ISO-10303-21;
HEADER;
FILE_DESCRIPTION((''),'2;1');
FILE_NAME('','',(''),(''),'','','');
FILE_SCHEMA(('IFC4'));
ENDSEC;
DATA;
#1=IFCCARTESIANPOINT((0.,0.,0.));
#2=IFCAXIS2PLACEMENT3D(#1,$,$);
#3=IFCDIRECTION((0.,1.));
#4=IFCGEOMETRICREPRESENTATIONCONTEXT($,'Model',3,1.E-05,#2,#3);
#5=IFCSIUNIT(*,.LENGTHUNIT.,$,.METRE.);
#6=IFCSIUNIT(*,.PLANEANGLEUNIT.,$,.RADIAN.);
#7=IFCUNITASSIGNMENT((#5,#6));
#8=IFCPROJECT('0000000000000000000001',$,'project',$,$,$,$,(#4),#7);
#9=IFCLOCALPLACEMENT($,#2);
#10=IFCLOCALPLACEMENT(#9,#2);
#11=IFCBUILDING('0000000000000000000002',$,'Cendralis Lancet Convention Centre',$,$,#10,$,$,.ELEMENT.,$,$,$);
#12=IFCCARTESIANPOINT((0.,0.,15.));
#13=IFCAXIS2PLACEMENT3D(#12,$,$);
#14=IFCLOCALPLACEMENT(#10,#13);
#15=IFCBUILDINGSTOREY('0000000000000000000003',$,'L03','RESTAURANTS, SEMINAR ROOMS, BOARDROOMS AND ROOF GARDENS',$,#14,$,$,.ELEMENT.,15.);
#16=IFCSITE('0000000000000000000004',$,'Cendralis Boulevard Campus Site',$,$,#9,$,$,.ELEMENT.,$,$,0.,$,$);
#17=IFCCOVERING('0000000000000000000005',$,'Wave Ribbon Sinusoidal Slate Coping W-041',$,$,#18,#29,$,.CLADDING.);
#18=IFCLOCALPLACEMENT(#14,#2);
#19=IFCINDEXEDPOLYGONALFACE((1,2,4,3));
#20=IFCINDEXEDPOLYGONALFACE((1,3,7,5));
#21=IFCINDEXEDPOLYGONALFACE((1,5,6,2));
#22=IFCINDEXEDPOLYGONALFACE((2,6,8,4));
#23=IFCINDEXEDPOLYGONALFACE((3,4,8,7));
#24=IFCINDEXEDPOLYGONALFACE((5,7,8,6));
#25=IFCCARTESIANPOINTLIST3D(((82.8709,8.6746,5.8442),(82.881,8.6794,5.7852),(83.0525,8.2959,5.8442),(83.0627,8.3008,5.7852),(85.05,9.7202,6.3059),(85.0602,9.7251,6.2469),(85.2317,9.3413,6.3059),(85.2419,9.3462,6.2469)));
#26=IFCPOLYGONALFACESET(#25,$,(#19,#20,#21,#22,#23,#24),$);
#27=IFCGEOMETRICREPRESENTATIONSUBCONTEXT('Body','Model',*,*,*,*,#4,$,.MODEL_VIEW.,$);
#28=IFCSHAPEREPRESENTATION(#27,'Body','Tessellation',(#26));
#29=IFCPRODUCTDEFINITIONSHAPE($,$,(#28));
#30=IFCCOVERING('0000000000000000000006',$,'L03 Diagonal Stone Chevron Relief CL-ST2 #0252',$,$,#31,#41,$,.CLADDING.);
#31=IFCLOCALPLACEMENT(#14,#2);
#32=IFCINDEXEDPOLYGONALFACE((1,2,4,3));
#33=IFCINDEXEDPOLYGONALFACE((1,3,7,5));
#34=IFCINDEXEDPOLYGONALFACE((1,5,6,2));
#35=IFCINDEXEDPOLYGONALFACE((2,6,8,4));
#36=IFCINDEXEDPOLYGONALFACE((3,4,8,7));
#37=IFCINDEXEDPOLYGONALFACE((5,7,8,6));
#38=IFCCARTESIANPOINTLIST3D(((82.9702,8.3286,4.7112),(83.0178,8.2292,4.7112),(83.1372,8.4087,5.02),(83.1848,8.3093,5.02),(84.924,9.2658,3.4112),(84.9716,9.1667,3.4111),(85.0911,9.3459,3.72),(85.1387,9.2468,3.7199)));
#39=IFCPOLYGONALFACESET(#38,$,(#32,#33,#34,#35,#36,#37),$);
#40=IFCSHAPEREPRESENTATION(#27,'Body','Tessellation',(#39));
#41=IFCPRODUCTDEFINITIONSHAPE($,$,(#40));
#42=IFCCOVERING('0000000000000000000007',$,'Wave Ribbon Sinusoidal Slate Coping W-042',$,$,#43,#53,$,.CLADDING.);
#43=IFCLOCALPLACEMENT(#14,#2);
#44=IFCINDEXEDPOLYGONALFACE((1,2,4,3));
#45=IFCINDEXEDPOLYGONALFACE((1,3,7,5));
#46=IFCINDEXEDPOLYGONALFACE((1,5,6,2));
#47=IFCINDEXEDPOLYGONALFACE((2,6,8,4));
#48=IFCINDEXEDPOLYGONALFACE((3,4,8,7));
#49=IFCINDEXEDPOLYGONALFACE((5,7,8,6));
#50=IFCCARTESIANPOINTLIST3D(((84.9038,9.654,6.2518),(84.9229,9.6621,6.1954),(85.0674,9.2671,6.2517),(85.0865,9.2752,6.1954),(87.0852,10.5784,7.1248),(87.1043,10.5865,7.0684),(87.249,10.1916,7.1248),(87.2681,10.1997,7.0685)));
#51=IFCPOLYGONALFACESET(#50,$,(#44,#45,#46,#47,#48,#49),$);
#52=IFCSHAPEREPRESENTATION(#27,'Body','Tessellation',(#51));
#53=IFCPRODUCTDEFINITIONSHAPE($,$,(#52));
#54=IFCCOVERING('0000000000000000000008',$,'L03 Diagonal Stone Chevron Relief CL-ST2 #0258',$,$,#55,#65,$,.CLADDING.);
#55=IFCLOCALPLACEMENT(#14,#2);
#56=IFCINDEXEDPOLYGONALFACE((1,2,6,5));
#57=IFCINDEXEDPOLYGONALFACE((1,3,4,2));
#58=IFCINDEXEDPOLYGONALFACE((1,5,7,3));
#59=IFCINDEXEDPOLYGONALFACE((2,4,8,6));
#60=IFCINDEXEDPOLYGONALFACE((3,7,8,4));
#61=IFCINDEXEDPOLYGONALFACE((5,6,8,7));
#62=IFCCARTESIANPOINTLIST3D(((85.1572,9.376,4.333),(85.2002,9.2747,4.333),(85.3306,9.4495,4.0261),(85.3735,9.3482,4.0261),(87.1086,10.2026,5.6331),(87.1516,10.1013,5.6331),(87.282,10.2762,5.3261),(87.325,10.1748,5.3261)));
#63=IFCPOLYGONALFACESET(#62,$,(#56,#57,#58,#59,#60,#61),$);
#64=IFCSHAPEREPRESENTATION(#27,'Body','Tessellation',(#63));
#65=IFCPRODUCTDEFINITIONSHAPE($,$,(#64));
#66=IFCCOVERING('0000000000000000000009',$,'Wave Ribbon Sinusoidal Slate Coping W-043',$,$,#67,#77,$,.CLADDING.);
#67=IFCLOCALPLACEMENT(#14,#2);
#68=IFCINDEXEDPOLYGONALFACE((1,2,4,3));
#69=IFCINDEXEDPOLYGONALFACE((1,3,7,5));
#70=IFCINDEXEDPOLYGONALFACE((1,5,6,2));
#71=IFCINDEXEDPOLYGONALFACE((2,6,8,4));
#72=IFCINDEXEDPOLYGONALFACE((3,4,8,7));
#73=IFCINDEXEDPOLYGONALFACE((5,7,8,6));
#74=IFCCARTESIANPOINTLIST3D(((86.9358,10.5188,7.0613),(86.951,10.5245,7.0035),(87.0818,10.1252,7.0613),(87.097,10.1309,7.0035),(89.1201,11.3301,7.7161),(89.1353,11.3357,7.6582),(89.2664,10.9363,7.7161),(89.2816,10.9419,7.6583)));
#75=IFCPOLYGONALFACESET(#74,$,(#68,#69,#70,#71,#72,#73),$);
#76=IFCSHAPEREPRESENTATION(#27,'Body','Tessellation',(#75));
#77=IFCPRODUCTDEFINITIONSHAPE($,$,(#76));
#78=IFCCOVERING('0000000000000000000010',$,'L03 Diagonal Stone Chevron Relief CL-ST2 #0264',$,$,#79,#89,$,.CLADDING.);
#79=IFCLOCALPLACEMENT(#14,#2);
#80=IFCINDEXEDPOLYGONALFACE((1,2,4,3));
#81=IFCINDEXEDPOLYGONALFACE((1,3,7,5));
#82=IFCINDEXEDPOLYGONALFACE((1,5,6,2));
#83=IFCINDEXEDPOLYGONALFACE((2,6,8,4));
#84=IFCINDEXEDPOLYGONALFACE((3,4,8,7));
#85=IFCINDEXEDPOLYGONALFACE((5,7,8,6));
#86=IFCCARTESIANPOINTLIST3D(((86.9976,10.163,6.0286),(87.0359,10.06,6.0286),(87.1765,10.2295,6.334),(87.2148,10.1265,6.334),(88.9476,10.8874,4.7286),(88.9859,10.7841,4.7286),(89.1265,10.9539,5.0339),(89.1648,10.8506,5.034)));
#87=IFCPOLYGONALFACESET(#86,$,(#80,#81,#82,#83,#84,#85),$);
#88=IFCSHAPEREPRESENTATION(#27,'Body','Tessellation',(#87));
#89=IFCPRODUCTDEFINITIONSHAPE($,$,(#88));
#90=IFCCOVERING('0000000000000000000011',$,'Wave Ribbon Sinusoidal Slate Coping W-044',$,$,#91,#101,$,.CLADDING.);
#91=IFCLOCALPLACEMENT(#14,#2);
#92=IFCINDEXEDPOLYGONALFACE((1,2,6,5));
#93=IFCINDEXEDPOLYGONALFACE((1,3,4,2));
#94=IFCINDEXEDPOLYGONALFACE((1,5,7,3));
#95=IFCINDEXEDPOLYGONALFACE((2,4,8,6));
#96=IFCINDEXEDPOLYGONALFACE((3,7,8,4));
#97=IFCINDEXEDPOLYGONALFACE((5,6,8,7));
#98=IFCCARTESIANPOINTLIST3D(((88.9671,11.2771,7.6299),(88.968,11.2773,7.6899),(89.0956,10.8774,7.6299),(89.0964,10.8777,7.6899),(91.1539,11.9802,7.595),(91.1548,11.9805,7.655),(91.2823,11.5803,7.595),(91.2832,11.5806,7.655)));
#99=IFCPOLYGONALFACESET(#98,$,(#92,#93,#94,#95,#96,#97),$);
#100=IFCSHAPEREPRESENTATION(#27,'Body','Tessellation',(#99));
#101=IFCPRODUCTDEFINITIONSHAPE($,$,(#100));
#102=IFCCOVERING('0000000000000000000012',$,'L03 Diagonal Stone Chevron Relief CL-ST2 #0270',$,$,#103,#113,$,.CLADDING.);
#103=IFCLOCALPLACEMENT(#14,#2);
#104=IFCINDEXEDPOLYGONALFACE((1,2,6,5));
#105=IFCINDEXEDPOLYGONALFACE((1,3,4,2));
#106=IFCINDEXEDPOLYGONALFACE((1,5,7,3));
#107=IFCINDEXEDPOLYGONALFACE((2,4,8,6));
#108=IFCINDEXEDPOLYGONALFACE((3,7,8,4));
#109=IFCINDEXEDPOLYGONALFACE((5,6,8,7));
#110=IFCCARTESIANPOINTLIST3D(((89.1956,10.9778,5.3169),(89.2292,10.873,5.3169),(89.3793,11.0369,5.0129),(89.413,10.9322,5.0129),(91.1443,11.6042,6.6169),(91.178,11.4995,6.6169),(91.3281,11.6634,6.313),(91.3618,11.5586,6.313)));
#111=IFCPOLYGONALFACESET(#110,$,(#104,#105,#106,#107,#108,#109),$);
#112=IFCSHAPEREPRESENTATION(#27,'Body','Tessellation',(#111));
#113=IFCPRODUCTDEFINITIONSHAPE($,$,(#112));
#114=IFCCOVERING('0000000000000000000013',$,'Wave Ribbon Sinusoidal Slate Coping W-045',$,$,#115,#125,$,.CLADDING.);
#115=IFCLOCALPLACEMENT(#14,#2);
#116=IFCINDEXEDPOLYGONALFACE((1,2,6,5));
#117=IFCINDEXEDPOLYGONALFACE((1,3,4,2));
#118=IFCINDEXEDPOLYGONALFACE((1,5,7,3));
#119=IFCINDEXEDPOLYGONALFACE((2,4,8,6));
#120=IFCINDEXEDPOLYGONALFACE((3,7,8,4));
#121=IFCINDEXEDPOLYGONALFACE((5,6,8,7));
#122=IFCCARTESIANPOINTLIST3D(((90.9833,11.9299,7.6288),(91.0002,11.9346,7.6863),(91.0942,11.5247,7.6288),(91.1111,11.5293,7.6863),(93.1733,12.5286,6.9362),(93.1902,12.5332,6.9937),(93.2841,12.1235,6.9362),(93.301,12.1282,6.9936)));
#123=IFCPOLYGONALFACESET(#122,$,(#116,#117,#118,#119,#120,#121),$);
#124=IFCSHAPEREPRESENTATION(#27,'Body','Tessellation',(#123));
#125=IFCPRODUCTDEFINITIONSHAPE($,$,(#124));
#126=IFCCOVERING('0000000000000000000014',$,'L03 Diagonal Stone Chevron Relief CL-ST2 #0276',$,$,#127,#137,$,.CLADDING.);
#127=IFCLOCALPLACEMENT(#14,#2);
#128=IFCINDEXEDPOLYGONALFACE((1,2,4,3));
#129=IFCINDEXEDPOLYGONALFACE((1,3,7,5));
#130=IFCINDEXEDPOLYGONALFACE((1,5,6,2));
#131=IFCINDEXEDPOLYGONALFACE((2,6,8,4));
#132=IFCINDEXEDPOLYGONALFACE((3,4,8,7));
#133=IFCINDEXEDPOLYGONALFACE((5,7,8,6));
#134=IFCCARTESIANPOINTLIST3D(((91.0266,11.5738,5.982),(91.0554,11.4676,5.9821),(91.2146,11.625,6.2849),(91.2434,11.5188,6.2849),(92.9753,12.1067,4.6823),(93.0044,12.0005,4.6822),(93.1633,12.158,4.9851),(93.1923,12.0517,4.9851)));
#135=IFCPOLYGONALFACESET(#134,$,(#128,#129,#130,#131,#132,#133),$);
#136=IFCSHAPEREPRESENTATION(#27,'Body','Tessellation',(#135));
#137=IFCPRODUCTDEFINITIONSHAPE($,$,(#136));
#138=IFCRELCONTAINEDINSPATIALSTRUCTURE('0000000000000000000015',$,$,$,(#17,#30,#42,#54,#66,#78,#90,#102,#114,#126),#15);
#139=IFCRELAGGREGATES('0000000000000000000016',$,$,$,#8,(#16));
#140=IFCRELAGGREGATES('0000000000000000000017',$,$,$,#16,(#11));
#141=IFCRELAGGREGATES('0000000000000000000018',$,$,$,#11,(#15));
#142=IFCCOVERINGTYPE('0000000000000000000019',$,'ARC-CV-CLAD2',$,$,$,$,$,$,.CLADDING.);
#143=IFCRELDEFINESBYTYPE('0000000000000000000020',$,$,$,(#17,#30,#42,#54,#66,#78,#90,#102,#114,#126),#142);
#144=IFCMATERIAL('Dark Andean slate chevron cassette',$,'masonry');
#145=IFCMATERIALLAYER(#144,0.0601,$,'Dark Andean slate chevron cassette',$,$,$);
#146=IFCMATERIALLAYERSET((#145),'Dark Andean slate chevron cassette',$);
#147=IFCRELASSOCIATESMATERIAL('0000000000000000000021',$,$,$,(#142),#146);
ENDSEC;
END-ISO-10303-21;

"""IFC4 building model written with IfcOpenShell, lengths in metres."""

from ifc_helpers import new_model, si_unit, direction, frame, origin, place, context, subcontext, project, spatial, polyline, outline, extrude, material, layer, layer_set, type_object, element, save


model = new_model("IFC4")

# Units and contexts
model_context = context("Model", 3, precision=1e-05, world=origin(), true_north=direction((0.0, 1.0)))
body_context = subcontext(model_context, "Body", "Model", "MODEL_VIEW")
ifc_project = project(units=[si_unit("LENGTHUNIT", "METRE"), si_unit("PLANEANGLEUNIT", "RADIAN")], contexts=[model_context])

# Site, building, storey
site_placement = place(None, origin())
site = spatial("IfcSite", under=ifc_project, at=site_placement, Name="Cendralis Boulevard Campus Site", CompositionType="ELEMENT", RefElevation=0.0)
building_placement = place(site_placement, origin())
building = spatial("IfcBuilding", under=site, at=building_placement, Name="Cendralis Lancet Convention Centre", CompositionType="ELEMENT")
storey_placement = place(building_placement, frame((0.0, 0.0, 15.0)))
storey = spatial("IfcBuildingStorey", under=building, at=storey_placement, Name="L03", Description="RESTAURANTS, SEMINAR ROOMS, BOARDROOMS AND ROOF GARDENS", CompositionType="ELEMENT", Elevation=15.0)

# Shared definitions
ifc_material_1 = material(Name="Dark Andean slate chevron cassette", Category="masonry")

# Coverings
ifc_layer_1 = layer(ifc_material_1, 0.0601, Name="Dark Andean slate chevron cassette")
ifc_layer_set_1 = layer_set([ifc_layer_1], Name="Dark Andean slate chevron cassette")
covering_type_1 = type_object("IfcCoveringType", Name="ARC-CV-CLAD2", PredefinedType="CLADDING", material=ifc_layer_set_1)
covering_1_placement = place(storey_placement, frame((83.0525, 8.2959, 5.8442), z_axis=(-0.16917, -0.081123, 0.982243), x_axis=(0.88561, 0.424847, 0.187615)))
element("IfcCovering", 1, at=covering_1_placement, inside=storey, type_object=covering_type_1, Name="Wave Ribbon Sinusoidal Slate Coping W-041", PredefinedType="CLADDING", context=body_context, shape_type="SweptSolid", body=[
    extrude(outline(polyline([(0.0, 0.0), (2.4607, 0.0), (2.4608, 0.4202), (0.0, 0.42), (0.0, 0.0)])), origin(), (0.0, 0.0, -1.0), 0.0601),
])
covering_2_placement = place(storey_placement, frame((83.1848, 8.3093, 5.02), z_axis=(0.463831, 0.222502, 0.857528), x_axis=(0.773135, 0.370966, -0.514438)))
element("IfcCovering", 2, at=covering_2_placement, inside=storey, type_object=covering_type_1, Name="L03 Diagonal Stone Chevron Relief CL-ST2 #0252", PredefinedType="CLADDING", context=body_context, shape_type="SweptSolid", body=[
    extrude(outline(polyline([(0.0, 0.0), (2.5272, 0.0), (2.5271, 0.11), (0.0001, 0.1102), (0.0, 0.0)])), origin(), (0.0, 0.0, -1.0), 0.3601),
])
covering_3_placement = place(storey_placement, frame((85.0674, 9.2671, 6.2517), z_axis=(-0.31842, -0.134743, 0.938325), x_axis=(0.863944, 0.366132, 0.345756)))
element("IfcCovering", 3, at=covering_3_placement, inside=storey, type_object=covering_type_1, Name="Wave Ribbon Sinusoidal Slate Coping W-042", PredefinedType="CLADDING", context=body_context, shape_type="SweptSolid", body=[
    extrude(outline(polyline([(0.0, 0.0), (2.5252, 0.0), (2.5252, 0.42), (0.0004, 0.4201), (0.0, 0.0)])), origin(), (0.0, 0.0, -1.0), 0.0601),
])
covering_4_placement = place(storey_placement, frame((85.2002, 9.2747, 4.333), z_axis=(-0.48139, -0.204156, 0.852399), x_axis=(0.784878, 0.332491, 0.522892)))
element("IfcCovering", 4, at=covering_4_placement, inside=storey, type_object=covering_type_1, Name="L03 Diagonal Stone Chevron Relief CL-ST2 #0258", PredefinedType="CLADDING", context=body_context, shape_type="SweptSolid", body=[
    extrude(outline(polyline([(0.0, 0.0), (2.4863, 0.0), (2.4862, 0.1101), (0.0, 0.1101), (0.0, 0.0)])), origin(), (0.0, 0.0, -1.0), 0.3601),
])
covering_5_placement = place(storey_placement, frame((87.0818, 10.1252, 7.0613), z_axis=(-0.253617, -0.094133, 0.962713), x_axis=(0.902523, 0.335067, 0.270523)))
element("IfcCovering", 5, at=covering_5_placement, inside=storey, type_object=covering_type_1, Name="Wave Ribbon Sinusoidal Slate Coping W-043", PredefinedType="CLADDING", context=body_context, shape_type="SweptSolid", body=[
    extrude(outline(polyline([(0.0, 0.0), (2.4205, 0.0), (2.4205, 0.4201), (0.0001, 0.4198), (0.0, 0.0)])), origin(), (0.0, 0.0, -1.0), 0.0601),
])
covering_6_placement = place(storey_placement, frame((87.2148, 10.1265, 6.334), z_axis=(0.496802, 0.184611, 0.848001), x_axis=(0.794957, 0.29521, -0.529994)))
element("IfcCovering", 6, at=covering_6_placement, inside=storey, type_object=covering_type_1, Name="L03 Diagonal Stone Chevron Relief CL-ST2 #0264", PredefinedType="CLADDING", context=body_context, shape_type="SweptSolid", body=[
    extrude(outline(polyline([(0.0, 0.0), (2.4529, 0.0), (2.4529, 0.1102), (-0.0001, 0.1099), (0.0, 0.0)])), origin(), (0.0, 0.0, -1.0), 0.3601),
])
covering_7_placement = place(storey_placement, frame((89.0964, 10.8777, 7.6899), z_axis=(0.014469, 0.004648, 0.999885), x_axis=(0.95192, 0.30597, -0.015197)))
element("IfcCovering", 7, at=covering_7_placement, inside=storey, type_object=covering_type_1, Name="Wave Ribbon Sinusoidal Slate Coping W-044", PredefinedType="CLADDING", context=body_context, shape_type="SweptSolid", body=[
    extrude(outline(polyline([(0.0, 0.0), (2.2972, 0.0), (2.2973, 0.42), (0.0, 0.4198), (0.0, 0.0)])), origin(), (0.0, 0.0, -1.0), 0.0601),
])
covering_8_placement = place(storey_placement, frame((89.2292, 10.873, 5.3169), z_axis=(-0.510369, -0.164175, 0.844139), x_axis=(0.803634, 0.258347, 0.536125)))
element("IfcCovering", 8, at=covering_8_placement, inside=storey, type_object=covering_type_1, Name="L03 Diagonal Stone Chevron Relief CL-ST2 #0270", PredefinedType="CLADDING", context=body_context, shape_type="SweptSolid", body=[
    extrude(outline(polyline([(0.0, 0.0), (2.4249, 0.0), (2.4249, 0.11), (0.0, 0.11), (0.0, 0.0)])), origin(), (0.0, 0.0, -1.0), 0.3601),
])
covering_9_placement = place(storey_placement, frame((91.1111, 11.5293, 7.6863), z_axis=(0.281459, 0.077001, 0.956479), x_axis=(0.922603, 0.252301, -0.291802)))
element("IfcCovering", 9, at=covering_9_placement, inside=storey, type_object=covering_type_1, Name="Wave Ribbon Sinusoidal Slate Coping W-045", PredefinedType="CLADDING", context=body_context, shape_type="SweptSolid", body=[
    extrude(outline(polyline([(0.0, 0.0), (2.3737, 0.0), (2.3736, 0.4199), (0.0, 0.4202), (0.0, 0.0)])), origin(), (0.0, 0.0, -1.0), 0.0601),
])
covering_10_placement = place(storey_placement, frame((91.2434, 11.5188, 6.2849), z_axis=(0.52202, 0.142205, 0.840995), x_axis=(0.811212, 0.221831, -0.541042)))
element("IfcCovering", 10, at=covering_10_placement, inside=storey, type_object=covering_type_1, Name="L03 Diagonal Stone Chevron Relief CL-ST2 #0276", PredefinedType="CLADDING", context=body_context, shape_type="SweptSolid", body=[
    extrude(outline(polyline([(0.0, 0.0), (2.4025, 0.0), (2.4025, 0.1101), (0.0002, 0.11), (0.0, 0.0)])), origin(), (0.0, 0.0, -1.0), 0.3601),
])

save(model, "model.ifc")
